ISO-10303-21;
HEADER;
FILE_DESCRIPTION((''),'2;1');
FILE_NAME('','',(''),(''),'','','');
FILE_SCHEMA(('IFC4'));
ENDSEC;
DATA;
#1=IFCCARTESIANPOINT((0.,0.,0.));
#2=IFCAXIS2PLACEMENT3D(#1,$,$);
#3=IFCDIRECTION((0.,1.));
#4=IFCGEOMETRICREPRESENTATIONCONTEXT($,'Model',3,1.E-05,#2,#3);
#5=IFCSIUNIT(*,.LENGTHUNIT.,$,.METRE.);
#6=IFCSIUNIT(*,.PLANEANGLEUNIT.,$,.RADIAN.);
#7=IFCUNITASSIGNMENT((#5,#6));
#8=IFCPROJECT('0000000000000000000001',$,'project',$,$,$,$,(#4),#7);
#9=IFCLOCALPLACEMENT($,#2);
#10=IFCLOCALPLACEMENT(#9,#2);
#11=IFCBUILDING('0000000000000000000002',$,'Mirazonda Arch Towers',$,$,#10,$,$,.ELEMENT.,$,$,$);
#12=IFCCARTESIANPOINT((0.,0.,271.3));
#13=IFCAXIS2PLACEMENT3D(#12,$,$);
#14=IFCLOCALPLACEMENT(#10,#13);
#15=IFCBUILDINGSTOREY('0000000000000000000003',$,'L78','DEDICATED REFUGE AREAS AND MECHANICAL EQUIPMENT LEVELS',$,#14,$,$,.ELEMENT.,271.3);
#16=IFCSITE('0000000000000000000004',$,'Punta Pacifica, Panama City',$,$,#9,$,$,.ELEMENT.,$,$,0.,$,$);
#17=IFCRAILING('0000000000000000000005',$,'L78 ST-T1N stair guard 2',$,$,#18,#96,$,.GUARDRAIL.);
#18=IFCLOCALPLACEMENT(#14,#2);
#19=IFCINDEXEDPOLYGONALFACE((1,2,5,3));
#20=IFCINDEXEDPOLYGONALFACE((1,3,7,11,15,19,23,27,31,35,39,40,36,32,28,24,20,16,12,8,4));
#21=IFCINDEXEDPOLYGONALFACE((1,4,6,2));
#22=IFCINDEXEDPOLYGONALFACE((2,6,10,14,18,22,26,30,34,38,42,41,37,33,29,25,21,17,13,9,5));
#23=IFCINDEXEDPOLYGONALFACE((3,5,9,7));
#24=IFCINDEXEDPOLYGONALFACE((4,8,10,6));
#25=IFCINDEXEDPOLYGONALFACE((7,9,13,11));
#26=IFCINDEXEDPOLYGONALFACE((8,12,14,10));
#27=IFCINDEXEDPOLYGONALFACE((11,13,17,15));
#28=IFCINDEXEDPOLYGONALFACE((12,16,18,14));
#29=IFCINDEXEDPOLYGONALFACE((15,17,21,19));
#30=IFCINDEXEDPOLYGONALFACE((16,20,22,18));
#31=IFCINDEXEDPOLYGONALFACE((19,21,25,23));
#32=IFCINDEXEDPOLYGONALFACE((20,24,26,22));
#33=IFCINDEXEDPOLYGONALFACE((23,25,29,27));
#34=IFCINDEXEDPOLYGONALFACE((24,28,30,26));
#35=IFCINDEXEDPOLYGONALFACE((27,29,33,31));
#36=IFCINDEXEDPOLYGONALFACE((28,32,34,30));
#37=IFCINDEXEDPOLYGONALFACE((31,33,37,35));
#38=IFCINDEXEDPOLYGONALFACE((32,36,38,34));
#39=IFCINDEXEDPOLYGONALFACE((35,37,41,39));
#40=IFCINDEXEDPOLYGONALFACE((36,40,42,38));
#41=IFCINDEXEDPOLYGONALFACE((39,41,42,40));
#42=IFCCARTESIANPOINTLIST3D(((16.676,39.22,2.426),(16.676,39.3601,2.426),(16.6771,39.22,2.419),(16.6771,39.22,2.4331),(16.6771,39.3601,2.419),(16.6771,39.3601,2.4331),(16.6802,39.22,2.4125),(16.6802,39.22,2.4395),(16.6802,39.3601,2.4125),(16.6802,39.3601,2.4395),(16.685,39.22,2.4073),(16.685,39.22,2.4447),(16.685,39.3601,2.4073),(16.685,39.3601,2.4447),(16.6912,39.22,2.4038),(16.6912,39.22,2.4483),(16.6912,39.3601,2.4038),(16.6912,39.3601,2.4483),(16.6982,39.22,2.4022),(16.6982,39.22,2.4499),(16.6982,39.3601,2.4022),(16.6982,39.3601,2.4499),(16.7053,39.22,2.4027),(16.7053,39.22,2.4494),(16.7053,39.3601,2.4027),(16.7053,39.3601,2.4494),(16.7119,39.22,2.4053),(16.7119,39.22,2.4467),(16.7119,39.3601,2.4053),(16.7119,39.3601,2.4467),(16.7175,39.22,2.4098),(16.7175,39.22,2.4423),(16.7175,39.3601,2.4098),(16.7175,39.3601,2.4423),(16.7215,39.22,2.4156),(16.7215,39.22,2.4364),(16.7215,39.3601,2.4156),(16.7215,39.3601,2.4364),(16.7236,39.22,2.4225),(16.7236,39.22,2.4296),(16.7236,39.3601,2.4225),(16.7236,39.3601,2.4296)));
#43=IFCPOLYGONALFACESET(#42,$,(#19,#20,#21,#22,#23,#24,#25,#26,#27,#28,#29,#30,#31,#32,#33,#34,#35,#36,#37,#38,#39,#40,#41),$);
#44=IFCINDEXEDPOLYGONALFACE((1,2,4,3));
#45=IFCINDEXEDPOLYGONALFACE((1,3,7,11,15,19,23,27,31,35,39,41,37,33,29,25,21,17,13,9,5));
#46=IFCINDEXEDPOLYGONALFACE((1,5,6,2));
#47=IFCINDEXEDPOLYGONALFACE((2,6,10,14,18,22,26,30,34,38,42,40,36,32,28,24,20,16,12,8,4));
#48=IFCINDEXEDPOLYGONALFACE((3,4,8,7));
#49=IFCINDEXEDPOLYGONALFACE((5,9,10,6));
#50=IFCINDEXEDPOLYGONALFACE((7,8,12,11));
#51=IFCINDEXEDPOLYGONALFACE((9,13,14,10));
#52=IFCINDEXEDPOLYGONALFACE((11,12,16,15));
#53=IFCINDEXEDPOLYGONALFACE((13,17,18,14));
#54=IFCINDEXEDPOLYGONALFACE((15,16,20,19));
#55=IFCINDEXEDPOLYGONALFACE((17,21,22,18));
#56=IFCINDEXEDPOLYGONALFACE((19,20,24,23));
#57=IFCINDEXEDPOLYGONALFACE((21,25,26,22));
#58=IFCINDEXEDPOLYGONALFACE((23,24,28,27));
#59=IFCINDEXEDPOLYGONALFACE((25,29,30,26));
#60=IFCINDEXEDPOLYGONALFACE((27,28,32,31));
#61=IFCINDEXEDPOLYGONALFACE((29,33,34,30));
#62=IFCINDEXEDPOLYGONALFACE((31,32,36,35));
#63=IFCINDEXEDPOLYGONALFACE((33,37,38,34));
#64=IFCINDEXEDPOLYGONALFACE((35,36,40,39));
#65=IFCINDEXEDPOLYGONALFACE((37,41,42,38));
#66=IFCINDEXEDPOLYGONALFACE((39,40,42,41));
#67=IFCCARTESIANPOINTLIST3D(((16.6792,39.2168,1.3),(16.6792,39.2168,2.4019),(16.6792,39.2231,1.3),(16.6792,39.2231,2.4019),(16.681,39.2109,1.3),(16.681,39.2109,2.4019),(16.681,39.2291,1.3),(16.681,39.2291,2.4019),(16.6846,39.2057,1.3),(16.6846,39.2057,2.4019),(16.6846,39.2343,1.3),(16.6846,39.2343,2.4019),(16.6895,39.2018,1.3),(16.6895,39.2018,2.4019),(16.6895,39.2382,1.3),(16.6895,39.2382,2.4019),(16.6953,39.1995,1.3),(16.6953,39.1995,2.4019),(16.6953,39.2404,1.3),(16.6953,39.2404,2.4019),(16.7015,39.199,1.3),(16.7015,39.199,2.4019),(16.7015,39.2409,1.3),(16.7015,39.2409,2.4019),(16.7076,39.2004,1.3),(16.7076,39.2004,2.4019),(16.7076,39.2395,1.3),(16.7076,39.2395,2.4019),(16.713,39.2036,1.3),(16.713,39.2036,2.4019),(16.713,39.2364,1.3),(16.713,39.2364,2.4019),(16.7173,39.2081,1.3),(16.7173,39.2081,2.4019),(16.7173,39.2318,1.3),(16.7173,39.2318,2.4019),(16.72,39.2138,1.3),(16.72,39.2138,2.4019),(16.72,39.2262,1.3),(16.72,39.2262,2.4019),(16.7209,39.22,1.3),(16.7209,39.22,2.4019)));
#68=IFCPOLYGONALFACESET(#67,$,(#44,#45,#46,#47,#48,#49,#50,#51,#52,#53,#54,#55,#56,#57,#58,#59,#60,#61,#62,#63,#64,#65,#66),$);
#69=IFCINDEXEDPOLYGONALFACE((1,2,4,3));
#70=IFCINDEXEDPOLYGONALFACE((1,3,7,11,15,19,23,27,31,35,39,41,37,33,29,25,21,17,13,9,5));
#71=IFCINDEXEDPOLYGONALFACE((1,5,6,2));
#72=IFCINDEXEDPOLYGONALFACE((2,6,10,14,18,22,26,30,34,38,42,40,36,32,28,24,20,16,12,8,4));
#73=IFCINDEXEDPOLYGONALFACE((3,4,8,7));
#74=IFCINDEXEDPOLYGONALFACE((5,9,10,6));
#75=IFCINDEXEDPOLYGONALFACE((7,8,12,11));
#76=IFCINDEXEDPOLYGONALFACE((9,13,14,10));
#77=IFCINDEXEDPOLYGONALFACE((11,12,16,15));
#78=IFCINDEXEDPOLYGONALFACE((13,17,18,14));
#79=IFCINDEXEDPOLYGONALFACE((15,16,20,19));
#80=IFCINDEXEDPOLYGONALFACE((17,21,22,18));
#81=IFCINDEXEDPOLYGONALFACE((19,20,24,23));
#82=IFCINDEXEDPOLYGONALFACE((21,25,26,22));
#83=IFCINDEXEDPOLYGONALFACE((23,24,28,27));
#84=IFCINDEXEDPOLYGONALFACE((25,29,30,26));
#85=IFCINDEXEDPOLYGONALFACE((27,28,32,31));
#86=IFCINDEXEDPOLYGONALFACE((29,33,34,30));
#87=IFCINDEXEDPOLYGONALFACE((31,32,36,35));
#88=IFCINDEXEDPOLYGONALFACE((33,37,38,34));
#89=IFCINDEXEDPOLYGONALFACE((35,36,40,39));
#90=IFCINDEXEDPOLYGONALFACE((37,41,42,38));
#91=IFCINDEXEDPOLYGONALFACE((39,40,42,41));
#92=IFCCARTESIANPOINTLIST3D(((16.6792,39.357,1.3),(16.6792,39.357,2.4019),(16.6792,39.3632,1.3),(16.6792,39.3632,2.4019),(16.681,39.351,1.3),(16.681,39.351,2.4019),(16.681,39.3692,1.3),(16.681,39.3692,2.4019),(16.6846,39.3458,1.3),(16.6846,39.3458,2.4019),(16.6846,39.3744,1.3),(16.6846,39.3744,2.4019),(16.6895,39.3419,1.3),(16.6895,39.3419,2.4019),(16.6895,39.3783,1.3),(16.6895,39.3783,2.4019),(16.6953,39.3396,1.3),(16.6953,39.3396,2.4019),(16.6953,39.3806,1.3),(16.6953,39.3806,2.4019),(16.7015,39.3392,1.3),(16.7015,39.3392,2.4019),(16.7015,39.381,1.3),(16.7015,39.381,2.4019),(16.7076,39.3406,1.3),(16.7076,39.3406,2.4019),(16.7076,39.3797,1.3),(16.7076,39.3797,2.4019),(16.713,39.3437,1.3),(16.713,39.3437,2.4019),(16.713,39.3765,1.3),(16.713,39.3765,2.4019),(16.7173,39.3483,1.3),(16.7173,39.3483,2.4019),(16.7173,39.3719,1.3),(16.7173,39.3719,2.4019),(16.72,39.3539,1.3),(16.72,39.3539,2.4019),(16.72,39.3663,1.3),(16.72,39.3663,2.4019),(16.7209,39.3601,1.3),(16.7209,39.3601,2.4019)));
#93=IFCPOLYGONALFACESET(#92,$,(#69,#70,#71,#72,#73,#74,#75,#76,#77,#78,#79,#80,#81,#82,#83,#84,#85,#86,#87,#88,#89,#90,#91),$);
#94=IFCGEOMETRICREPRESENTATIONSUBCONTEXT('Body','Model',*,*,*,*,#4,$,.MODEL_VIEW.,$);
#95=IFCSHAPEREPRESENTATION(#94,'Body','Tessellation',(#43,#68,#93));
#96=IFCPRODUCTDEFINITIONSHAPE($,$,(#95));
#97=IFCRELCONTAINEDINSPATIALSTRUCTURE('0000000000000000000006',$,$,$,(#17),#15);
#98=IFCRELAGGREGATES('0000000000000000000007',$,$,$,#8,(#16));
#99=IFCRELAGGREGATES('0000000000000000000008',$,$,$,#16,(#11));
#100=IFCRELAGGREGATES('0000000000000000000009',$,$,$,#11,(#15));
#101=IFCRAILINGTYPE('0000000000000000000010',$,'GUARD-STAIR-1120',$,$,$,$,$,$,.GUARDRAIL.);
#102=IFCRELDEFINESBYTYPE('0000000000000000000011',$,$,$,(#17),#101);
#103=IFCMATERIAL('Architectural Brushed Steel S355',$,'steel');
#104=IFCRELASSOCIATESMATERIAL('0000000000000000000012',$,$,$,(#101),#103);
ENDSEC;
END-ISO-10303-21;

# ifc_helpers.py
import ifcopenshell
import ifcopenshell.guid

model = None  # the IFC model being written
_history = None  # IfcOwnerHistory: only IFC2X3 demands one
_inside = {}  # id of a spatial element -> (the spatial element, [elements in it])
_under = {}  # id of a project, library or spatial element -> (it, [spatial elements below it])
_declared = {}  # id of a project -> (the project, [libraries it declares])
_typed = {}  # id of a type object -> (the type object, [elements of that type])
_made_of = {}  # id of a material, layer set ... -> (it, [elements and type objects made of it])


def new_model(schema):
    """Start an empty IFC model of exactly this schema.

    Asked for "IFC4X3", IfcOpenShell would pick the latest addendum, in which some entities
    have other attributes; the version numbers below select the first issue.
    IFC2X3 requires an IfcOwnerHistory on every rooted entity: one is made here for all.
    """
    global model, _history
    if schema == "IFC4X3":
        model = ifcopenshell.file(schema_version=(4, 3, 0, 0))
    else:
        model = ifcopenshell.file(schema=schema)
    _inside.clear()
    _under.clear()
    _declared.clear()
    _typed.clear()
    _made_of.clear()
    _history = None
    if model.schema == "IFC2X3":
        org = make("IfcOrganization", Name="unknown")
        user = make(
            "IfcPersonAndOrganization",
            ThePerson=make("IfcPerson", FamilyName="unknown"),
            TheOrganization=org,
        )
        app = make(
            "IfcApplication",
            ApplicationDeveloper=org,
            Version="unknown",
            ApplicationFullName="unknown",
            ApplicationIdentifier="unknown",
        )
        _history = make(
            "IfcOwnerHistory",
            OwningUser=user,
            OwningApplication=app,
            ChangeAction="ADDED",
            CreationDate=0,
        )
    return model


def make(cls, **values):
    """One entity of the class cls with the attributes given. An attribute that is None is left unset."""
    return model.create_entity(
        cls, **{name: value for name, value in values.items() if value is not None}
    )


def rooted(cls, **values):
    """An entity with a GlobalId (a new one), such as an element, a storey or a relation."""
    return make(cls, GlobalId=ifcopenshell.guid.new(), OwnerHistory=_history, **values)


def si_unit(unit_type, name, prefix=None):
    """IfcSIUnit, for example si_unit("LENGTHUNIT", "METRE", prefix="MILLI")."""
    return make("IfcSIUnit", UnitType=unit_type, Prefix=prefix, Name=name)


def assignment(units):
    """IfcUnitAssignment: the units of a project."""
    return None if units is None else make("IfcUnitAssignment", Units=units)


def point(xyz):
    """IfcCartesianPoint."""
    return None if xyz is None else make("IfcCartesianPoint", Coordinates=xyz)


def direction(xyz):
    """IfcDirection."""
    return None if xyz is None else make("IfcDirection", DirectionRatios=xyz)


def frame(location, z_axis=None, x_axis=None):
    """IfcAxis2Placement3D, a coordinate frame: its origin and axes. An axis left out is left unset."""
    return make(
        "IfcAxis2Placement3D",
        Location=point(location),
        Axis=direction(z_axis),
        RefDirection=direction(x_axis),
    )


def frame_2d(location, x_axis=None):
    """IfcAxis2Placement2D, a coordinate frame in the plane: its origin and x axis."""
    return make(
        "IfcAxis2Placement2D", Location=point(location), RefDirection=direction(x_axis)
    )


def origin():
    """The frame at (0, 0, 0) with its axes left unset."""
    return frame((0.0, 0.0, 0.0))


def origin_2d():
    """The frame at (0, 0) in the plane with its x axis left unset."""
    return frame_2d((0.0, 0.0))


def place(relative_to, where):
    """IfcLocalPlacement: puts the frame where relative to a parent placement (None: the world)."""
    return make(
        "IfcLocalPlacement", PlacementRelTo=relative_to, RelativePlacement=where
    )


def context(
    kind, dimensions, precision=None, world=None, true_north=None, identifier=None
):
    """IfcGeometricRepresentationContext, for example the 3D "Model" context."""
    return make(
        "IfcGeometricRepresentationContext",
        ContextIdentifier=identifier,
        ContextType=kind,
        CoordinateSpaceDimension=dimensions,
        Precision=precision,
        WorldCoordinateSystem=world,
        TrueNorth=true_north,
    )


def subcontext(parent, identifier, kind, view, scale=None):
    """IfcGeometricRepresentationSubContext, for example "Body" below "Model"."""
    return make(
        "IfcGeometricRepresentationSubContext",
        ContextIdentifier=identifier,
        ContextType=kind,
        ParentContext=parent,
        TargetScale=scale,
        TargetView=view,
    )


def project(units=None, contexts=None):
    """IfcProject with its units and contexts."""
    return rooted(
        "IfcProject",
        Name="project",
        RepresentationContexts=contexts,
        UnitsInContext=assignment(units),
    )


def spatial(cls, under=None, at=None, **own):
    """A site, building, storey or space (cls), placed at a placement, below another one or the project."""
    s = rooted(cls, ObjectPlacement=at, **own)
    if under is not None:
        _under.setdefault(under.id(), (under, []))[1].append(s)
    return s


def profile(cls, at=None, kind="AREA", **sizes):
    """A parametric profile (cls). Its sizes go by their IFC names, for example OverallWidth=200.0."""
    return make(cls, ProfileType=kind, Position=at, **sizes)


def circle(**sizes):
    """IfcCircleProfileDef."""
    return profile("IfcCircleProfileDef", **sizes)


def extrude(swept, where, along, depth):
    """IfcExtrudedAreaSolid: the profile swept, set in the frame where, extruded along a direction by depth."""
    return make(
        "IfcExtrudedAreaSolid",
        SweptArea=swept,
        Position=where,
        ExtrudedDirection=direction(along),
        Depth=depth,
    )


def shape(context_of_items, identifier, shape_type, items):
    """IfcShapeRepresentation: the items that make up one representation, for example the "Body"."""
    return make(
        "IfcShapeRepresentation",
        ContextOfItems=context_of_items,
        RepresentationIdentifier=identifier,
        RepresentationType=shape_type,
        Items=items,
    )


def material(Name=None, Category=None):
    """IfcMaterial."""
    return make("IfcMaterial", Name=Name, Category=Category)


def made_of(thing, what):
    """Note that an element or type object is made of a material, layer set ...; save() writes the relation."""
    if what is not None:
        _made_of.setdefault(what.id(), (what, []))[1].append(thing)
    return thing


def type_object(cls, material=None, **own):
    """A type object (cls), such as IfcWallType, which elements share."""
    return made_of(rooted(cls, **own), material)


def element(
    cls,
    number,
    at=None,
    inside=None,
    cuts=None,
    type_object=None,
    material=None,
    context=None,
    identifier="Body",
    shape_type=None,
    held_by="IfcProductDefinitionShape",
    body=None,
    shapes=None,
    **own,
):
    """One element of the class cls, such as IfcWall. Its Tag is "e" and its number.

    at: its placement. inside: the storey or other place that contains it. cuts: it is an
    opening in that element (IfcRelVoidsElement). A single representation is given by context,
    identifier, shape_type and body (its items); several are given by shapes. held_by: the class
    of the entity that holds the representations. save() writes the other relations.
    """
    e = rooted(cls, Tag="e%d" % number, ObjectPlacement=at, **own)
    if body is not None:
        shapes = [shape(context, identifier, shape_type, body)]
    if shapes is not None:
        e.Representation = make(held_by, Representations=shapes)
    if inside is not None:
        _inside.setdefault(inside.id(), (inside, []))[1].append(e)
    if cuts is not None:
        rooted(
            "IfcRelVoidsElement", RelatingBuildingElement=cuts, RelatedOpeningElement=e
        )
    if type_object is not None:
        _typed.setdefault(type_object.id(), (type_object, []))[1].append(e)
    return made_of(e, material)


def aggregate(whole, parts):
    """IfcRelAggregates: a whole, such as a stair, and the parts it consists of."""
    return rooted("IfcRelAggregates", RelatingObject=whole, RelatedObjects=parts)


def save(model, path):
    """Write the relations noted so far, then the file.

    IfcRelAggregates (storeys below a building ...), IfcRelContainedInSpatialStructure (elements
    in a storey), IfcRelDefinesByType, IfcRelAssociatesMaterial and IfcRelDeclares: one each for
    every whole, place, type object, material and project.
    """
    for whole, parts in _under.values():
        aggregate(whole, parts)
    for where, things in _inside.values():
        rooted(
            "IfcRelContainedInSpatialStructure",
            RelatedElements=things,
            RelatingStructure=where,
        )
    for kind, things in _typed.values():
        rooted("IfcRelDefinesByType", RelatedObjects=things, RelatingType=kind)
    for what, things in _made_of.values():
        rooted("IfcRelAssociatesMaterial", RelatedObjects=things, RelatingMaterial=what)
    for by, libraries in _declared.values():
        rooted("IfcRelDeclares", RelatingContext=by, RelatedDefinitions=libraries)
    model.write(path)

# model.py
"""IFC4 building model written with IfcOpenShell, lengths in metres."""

from ifc_helpers import new_model, si_unit, direction, frame, origin, origin_2d, place, context, subcontext, project, spatial, circle, extrude, material, type_object, element, save


model = new_model("IFC4")

# Units and contexts
model_context = context("Model", 3, precision=1e-05, world=origin(), true_north=direction((0.0, 1.0)))
body_context = subcontext(model_context, "Body", "Model", "MODEL_VIEW")
ifc_project = project(units=[si_unit("LENGTHUNIT", "METRE"), si_unit("PLANEANGLEUNIT", "RADIAN")], contexts=[model_context])

# Site, building, storey
site_placement = place(None, origin())
site = spatial("IfcSite", under=ifc_project, at=site_placement, Name="Punta Pacifica, Panama City", CompositionType="ELEMENT", RefElevation=0.0)
building_placement = place(site_placement, origin())
building = spatial("IfcBuilding", under=site, at=building_placement, Name="Mirazonda Arch Towers", CompositionType="ELEMENT")
storey_placement = place(building_placement, frame((0.0, 0.0, 271.3)))
storey = spatial("IfcBuildingStorey", under=building, at=storey_placement, Name="L78", Description="DEDICATED REFUGE AREAS AND MECHANICAL EQUIPMENT LEVELS", CompositionType="ELEMENT", Elevation=271.3)

# Shared definitions
ifc_material_1 = material(Name="Architectural Brushed Steel S355", Category="steel")

# Railing
railing_type_1 = type_object("IfcRailingType", Name="GUARD-STAIR-1120", PredefinedType="GUARDRAIL", material=ifc_material_1)
railing_1_placement = place(storey_placement, frame((16.7, 39.22, 1.3)))
element("IfcRailing", 1, at=railing_1_placement, inside=storey, type_object=railing_type_1, Name="L78 ST-T1N stair guard 2", PredefinedType="GUARDRAIL", context=body_context, shape_type="SweptSolid", body=[
    extrude(circle(Radius=0.0239, at=origin_2d()), frame((0.0, 0.0, 1.126), z_axis=(0.0, 1.0, 0.0), x_axis=(-1.0, 0.0, 0.0)), (0.0, 0.0, 1.0), 0.1401),
    extrude(circle(Radius=0.021, at=origin_2d()), origin(), (0.0, 0.0, 1.0), 1.1018),
    extrude(circle(Radius=0.021, at=origin_2d()), frame((0.0, 0.1401, 0.0)), (0.0, 0.0, 1.0), 1.1018),
])

save(model, "model.ifc")
